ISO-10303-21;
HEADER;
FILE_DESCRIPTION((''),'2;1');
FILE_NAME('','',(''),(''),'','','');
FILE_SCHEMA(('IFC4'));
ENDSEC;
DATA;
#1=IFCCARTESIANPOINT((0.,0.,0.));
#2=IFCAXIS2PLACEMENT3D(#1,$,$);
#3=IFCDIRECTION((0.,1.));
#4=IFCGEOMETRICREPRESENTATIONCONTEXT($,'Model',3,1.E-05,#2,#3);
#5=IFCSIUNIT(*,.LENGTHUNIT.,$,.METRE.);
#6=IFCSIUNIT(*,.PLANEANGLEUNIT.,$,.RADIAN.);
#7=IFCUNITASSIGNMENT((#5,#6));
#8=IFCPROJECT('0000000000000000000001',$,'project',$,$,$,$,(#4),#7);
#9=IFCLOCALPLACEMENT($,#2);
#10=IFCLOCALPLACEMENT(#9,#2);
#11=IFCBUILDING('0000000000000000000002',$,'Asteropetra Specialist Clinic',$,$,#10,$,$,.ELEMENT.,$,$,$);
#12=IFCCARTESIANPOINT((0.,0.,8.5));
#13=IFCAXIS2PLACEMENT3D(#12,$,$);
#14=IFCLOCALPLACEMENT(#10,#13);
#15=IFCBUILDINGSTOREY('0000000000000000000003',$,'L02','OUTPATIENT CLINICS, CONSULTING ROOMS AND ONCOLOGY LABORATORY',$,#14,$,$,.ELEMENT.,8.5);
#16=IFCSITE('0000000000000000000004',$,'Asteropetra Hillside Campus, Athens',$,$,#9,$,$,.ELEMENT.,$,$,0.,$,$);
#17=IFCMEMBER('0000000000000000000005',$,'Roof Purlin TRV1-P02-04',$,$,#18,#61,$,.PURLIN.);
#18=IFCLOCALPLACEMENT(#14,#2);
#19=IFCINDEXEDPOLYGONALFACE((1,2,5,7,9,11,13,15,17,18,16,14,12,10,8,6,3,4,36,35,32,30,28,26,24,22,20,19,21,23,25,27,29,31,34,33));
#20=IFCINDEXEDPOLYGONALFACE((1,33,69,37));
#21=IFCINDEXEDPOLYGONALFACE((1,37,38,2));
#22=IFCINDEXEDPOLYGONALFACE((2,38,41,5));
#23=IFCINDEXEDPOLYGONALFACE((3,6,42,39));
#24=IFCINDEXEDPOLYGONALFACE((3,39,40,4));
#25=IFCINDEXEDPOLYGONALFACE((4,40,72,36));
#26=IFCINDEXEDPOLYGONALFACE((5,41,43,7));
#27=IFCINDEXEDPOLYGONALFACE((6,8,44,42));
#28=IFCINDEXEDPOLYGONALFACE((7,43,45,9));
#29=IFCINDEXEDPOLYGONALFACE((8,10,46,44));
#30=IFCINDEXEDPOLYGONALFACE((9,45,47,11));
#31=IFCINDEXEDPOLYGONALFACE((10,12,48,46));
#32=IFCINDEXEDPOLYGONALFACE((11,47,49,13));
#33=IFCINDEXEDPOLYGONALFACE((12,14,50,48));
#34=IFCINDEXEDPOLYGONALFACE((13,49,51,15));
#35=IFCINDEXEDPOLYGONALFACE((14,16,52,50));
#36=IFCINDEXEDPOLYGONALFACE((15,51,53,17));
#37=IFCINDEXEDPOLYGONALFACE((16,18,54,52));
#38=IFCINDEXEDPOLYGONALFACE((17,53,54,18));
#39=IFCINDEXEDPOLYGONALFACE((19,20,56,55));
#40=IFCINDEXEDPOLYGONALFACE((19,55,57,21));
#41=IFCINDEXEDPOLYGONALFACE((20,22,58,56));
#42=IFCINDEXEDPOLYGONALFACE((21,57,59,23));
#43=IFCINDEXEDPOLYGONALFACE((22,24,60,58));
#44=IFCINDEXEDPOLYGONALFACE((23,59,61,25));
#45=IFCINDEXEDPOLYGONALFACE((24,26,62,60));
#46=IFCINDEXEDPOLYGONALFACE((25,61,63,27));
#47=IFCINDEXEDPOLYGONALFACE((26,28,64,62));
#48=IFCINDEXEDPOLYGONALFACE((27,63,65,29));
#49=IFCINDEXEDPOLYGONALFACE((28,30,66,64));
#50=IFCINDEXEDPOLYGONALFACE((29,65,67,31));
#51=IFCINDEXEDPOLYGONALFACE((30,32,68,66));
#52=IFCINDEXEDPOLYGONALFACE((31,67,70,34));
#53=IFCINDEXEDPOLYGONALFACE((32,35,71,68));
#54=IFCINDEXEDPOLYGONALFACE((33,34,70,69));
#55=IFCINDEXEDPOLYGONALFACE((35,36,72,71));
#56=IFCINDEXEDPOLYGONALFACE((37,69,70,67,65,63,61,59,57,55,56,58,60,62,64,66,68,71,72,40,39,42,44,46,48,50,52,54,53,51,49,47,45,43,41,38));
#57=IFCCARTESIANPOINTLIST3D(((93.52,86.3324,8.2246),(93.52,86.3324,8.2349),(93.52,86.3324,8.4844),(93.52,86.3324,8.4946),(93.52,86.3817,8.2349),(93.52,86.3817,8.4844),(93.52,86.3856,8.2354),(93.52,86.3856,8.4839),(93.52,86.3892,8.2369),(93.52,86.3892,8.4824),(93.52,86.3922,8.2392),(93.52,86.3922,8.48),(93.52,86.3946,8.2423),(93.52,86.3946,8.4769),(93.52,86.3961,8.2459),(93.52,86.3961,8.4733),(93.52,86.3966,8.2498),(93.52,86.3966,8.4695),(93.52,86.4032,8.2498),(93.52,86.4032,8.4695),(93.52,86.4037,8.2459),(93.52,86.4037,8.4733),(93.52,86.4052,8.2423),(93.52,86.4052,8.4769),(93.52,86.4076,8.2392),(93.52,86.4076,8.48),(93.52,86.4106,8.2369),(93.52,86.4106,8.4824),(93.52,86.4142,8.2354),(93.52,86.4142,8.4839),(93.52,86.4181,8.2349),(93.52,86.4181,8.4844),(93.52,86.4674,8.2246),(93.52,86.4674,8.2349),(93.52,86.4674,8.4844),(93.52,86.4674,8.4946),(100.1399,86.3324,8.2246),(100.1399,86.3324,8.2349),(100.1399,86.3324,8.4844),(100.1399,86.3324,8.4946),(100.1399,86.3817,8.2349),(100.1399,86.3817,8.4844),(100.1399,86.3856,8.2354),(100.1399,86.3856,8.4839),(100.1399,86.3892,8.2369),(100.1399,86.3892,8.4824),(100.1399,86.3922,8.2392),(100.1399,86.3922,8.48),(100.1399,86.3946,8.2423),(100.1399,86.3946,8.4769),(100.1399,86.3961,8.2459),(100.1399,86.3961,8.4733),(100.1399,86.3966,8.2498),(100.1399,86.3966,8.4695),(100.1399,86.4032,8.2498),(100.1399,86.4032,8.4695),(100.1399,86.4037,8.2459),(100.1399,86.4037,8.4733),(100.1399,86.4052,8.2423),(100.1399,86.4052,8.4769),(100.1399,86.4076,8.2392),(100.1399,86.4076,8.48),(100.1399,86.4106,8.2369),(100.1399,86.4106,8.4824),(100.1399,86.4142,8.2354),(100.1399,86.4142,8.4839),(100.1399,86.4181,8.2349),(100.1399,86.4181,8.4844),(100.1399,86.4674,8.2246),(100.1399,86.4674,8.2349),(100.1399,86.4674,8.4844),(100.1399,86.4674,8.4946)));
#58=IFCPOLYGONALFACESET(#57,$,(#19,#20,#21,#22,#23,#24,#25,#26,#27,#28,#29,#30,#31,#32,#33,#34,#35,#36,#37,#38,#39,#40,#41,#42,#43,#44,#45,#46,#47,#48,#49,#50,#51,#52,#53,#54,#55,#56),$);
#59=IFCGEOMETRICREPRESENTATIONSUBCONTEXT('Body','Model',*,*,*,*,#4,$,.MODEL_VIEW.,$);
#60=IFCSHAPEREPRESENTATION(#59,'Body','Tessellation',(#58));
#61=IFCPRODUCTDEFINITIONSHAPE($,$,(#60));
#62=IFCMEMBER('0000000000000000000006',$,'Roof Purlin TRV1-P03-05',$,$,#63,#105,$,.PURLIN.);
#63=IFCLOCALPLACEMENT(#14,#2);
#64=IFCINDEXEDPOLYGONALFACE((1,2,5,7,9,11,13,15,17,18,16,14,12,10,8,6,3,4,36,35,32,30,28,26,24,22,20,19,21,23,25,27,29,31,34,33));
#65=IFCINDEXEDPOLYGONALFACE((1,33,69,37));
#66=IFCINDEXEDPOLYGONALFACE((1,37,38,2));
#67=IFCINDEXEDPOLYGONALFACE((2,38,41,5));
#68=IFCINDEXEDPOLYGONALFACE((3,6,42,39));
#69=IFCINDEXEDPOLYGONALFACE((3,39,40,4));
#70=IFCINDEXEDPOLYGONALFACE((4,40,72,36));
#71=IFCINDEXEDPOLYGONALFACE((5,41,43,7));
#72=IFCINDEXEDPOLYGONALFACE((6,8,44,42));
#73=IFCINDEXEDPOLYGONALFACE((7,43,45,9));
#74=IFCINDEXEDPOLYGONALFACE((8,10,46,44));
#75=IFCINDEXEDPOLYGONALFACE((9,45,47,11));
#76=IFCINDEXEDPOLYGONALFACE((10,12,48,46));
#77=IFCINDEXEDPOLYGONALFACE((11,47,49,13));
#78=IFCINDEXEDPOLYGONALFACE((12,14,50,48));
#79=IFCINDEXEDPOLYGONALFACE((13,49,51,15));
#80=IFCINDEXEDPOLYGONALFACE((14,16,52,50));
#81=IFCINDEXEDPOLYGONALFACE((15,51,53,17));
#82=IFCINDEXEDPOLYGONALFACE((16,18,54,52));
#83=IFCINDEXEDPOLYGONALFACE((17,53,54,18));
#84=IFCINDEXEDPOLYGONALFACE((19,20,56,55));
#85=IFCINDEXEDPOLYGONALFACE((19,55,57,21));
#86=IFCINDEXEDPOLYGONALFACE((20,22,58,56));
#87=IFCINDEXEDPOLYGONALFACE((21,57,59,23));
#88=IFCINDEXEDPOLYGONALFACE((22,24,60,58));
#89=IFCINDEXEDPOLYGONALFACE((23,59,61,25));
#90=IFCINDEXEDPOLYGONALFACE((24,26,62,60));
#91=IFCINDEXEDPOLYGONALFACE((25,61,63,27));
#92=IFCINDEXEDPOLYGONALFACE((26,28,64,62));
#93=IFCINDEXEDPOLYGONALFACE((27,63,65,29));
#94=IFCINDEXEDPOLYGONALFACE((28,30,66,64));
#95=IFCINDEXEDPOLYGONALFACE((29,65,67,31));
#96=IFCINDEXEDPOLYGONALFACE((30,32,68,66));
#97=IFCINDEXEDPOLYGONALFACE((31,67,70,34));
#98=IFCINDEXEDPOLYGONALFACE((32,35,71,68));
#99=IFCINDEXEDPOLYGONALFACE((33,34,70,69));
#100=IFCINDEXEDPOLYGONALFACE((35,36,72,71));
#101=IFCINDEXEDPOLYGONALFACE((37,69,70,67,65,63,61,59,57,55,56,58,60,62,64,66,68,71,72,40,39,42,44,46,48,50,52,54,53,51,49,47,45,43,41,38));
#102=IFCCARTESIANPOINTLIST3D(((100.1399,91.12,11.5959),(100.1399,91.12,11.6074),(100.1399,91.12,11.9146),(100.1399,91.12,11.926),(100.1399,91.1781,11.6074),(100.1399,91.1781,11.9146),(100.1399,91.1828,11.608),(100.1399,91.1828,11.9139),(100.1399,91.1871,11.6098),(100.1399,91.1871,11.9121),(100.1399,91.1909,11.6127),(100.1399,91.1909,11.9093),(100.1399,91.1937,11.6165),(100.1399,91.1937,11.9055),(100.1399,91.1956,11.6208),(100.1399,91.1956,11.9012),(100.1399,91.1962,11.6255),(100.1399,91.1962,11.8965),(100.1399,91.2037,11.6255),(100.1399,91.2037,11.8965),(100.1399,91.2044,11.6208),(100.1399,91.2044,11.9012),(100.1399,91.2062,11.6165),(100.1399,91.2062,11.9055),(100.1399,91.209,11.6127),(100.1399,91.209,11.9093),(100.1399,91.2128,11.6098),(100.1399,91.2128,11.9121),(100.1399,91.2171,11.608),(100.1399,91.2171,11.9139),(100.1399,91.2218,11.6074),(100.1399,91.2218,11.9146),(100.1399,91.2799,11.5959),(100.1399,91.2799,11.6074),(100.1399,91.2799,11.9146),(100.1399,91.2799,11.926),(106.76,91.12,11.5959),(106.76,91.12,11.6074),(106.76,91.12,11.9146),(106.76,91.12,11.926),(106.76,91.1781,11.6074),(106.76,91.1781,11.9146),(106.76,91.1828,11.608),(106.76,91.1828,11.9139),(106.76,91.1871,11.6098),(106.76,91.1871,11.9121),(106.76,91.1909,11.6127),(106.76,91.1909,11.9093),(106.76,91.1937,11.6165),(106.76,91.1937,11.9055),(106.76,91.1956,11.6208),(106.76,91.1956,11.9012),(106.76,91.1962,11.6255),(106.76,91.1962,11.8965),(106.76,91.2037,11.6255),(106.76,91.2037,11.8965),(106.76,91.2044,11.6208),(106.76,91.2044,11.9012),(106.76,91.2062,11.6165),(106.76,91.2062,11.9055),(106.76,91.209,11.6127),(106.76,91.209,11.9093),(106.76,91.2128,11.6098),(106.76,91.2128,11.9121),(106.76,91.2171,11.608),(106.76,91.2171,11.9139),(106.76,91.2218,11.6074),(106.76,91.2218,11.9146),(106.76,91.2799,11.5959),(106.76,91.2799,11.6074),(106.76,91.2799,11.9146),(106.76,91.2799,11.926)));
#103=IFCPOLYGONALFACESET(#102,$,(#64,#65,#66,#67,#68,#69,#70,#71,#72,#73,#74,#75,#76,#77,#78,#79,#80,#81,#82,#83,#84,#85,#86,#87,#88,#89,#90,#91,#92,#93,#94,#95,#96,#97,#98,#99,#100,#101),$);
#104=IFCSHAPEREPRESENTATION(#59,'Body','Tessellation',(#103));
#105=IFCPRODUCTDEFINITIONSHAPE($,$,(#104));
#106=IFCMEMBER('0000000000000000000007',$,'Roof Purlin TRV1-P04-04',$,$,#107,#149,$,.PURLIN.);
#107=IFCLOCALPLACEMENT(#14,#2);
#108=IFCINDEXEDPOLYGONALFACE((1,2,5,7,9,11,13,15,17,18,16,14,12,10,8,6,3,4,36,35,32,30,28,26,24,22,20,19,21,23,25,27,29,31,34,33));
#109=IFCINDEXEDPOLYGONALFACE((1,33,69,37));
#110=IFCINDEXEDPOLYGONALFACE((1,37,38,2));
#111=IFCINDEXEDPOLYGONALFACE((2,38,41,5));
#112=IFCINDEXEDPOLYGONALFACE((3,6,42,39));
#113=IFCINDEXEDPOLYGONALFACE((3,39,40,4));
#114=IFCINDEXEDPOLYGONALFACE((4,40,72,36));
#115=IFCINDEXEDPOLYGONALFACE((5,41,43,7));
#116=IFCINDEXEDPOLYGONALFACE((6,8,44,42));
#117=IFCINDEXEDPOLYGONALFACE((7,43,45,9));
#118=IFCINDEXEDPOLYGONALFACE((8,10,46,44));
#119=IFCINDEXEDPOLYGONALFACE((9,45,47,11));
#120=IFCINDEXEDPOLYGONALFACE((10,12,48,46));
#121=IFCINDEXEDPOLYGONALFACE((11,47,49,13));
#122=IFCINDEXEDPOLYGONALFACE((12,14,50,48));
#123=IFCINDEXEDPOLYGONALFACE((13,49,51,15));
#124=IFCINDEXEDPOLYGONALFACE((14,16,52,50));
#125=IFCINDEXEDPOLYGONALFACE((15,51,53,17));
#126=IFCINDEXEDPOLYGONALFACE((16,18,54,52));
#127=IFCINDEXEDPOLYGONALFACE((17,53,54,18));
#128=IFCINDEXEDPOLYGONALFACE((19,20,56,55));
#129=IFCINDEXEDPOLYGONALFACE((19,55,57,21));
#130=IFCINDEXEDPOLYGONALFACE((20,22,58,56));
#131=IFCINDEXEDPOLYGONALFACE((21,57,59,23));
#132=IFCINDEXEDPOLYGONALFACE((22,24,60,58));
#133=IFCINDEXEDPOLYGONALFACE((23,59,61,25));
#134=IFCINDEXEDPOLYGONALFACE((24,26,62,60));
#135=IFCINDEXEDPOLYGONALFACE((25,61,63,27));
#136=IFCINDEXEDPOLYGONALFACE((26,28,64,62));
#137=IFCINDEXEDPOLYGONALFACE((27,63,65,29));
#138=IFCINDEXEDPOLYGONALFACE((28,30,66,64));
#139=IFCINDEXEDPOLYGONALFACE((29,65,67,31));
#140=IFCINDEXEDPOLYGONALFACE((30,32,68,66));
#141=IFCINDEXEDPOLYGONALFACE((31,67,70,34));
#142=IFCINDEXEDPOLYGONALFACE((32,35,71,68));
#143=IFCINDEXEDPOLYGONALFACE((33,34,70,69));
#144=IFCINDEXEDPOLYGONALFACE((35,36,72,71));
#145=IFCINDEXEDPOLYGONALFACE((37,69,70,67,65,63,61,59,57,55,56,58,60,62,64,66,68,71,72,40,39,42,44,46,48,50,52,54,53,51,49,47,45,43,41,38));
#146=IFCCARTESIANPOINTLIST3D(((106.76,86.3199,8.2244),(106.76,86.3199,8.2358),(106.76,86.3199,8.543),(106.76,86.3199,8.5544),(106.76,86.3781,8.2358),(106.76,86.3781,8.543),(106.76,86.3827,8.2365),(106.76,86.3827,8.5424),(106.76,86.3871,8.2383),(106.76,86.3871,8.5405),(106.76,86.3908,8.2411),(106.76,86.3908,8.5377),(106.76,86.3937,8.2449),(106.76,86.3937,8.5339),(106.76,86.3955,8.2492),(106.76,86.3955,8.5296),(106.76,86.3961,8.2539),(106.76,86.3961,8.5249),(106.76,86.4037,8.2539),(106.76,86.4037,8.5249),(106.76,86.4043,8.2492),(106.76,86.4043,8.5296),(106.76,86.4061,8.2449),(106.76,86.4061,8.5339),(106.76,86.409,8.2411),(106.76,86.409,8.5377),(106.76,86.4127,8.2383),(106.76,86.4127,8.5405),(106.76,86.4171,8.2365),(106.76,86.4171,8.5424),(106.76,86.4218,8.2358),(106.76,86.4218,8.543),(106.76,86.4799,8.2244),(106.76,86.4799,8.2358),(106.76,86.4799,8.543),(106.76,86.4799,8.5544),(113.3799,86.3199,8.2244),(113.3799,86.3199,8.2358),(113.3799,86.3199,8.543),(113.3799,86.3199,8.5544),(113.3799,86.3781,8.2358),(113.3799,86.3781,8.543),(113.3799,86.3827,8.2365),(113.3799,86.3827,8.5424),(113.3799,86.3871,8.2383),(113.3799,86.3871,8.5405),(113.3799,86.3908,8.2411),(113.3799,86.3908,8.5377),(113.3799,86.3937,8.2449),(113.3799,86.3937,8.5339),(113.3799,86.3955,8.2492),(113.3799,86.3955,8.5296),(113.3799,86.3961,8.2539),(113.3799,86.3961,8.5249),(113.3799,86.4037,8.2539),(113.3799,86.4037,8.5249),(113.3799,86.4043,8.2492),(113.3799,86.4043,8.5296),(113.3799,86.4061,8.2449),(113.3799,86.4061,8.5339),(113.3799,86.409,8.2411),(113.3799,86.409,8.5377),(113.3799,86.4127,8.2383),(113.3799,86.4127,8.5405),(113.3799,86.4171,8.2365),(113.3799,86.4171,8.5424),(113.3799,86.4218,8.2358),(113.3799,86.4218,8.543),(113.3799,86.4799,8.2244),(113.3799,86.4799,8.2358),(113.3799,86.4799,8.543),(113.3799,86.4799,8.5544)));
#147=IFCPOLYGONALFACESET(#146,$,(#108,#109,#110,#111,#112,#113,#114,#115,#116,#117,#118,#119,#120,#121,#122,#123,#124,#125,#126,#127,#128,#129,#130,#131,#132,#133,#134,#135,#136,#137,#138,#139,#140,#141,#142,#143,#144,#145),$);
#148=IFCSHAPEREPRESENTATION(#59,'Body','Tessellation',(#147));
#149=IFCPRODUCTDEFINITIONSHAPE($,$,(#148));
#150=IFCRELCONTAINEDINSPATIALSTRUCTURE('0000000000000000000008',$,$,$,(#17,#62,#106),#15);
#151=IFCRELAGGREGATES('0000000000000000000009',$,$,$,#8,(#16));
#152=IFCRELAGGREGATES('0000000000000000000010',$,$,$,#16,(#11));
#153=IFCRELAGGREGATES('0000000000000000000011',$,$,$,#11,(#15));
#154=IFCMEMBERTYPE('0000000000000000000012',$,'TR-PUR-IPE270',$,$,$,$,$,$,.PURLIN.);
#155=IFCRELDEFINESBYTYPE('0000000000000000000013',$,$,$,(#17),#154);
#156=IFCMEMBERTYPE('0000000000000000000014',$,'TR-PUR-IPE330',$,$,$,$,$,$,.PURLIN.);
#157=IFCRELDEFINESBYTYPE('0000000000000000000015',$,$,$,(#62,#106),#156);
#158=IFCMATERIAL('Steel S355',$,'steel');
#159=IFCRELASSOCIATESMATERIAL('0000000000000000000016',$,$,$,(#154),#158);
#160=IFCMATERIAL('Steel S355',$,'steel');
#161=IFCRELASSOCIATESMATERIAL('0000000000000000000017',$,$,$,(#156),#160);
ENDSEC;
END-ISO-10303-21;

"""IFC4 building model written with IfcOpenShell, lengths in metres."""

from ifc_helpers import new_model, si_unit, direction, frame, origin, origin_2d, place, context, subcontext, project, spatial, i_section, extrude, material, material_profile, profile_set, type_object, element, save


model = new_model("IFC4")

# Units and contexts
model_context = context("Model", 3, precision=1e-05, world=origin(), true_north=direction((0.0, 1.0)))
body_context = subcontext(model_context, "Body", "Model", "MODEL_VIEW")
ifc_project = project(units=[si_unit("LENGTHUNIT", "METRE"), si_unit("PLANEANGLEUNIT", "RADIAN")], contexts=[model_context])

# Site, building, storey
site_placement = place(None, origin())
site = spatial("IfcSite", under=ifc_project, at=site_placement, Name="Asteropetra Hillside Campus, Athens", CompositionType="ELEMENT", RefElevation=0.0)
building_placement = place(site_placement, origin())
building = spatial("IfcBuilding", under=site, at=building_placement, Name="Asteropetra Specialist Clinic", CompositionType="ELEMENT")
storey_placement = place(building_placement, frame((0.0, 0.0, 8.5)))
storey = spatial("IfcBuildingStorey", under=building, at=storey_placement, Name="L02", Description="OUTPATIENT CLINICS, CONSULTING ROOMS AND ONCOLOGY LABORATORY", CompositionType="ELEMENT", Elevation=8.5)

# Members
ifc_material_1 = material(Name="Steel S355", Category="steel")
ifc_material_profile_1 = material_profile(ifc_material_1, i_section(OverallWidth=0.135, OverallDepth=0.27, WebThickness=0.0066, FlangeThickness=0.0103, FilletRadius=0.0149, at=origin_2d()), Name="IPE 270")
ifc_profile_set_1 = profile_set([ifc_material_profile_1], Name="Steel S355")
member_type_1 = type_object("IfcMemberType", Name="TR-PUR-IPE270", PredefinedType="PURLIN", material=ifc_profile_set_1)
member_1_placement = place(storey_placement, frame((93.52, 86.3999, 8.3596), z_axis=(1.0, 0.0, 0.0), x_axis=(0.0, 1.0, 0.0)))
element("IfcMember", 1, at=member_1_placement, inside=storey, type_object=member_type_1, Name="Roof Purlin TRV1-P02-04", PredefinedType="PURLIN", context=body_context, shape_type="SweptSolid", body=[
    extrude(i_section(OverallWidth=0.135, OverallDepth=0.27, WebThickness=0.0066, FlangeThickness=0.0103, FilletRadius=0.0149, at=origin_2d()), origin(), (0.0, 0.0, 1.0), 6.6199),
])
ifc_material_2 = material(Name="Steel S355", Category="steel")
ifc_material_profile_2 = material_profile(ifc_material_2, i_section(OverallWidth=0.1599, OverallDepth=0.3301, WebThickness=0.0076, FlangeThickness=0.0115, FilletRadius=0.0181, at=origin_2d()), Name="IPE 330")
ifc_profile_set_2 = profile_set([ifc_material_profile_2], Name="Steel S355")
member_type_2 = type_object("IfcMemberType", Name="TR-PUR-IPE330", PredefinedType="PURLIN", material=ifc_profile_set_2)
member_2_placement = place(storey_placement, frame((100.1399, 91.2, 11.761), z_axis=(1.0, 0.0, 0.0), x_axis=(0.0, 1.0, 0.0)))
element("IfcMember", 2, at=member_2_placement, inside=storey, type_object=member_type_2, Name="Roof Purlin TRV1-P03-05", PredefinedType="PURLIN", context=body_context, shape_type="SweptSolid", body=[
    extrude(i_section(OverallWidth=0.1599, OverallDepth=0.3301, WebThickness=0.0076, FlangeThickness=0.0115, FilletRadius=0.0181, at=origin_2d()), origin(), (0.0, 0.0, 1.0), 6.6201),
])
member_3_placement = place(storey_placement, frame((106.76, 86.3999, 8.3894), z_axis=(1.0, 0.0, 0.0), x_axis=(0.0, 1.0, 0.0)))
element("IfcMember", 3, at=member_3_placement, inside=storey, type_object=member_type_2, Name="Roof Purlin TRV1-P04-04", PredefinedType="PURLIN", context=body_context, shape_type="SweptSolid", body=[
    extrude(i_section(OverallWidth=0.1599, OverallDepth=0.3301, WebThickness=0.0076, FlangeThickness=0.0115, FilletRadius=0.0181, at=origin_2d()), origin(), (0.0, 0.0, 1.0), 6.6199),
])

save(model, "model.ifc")
